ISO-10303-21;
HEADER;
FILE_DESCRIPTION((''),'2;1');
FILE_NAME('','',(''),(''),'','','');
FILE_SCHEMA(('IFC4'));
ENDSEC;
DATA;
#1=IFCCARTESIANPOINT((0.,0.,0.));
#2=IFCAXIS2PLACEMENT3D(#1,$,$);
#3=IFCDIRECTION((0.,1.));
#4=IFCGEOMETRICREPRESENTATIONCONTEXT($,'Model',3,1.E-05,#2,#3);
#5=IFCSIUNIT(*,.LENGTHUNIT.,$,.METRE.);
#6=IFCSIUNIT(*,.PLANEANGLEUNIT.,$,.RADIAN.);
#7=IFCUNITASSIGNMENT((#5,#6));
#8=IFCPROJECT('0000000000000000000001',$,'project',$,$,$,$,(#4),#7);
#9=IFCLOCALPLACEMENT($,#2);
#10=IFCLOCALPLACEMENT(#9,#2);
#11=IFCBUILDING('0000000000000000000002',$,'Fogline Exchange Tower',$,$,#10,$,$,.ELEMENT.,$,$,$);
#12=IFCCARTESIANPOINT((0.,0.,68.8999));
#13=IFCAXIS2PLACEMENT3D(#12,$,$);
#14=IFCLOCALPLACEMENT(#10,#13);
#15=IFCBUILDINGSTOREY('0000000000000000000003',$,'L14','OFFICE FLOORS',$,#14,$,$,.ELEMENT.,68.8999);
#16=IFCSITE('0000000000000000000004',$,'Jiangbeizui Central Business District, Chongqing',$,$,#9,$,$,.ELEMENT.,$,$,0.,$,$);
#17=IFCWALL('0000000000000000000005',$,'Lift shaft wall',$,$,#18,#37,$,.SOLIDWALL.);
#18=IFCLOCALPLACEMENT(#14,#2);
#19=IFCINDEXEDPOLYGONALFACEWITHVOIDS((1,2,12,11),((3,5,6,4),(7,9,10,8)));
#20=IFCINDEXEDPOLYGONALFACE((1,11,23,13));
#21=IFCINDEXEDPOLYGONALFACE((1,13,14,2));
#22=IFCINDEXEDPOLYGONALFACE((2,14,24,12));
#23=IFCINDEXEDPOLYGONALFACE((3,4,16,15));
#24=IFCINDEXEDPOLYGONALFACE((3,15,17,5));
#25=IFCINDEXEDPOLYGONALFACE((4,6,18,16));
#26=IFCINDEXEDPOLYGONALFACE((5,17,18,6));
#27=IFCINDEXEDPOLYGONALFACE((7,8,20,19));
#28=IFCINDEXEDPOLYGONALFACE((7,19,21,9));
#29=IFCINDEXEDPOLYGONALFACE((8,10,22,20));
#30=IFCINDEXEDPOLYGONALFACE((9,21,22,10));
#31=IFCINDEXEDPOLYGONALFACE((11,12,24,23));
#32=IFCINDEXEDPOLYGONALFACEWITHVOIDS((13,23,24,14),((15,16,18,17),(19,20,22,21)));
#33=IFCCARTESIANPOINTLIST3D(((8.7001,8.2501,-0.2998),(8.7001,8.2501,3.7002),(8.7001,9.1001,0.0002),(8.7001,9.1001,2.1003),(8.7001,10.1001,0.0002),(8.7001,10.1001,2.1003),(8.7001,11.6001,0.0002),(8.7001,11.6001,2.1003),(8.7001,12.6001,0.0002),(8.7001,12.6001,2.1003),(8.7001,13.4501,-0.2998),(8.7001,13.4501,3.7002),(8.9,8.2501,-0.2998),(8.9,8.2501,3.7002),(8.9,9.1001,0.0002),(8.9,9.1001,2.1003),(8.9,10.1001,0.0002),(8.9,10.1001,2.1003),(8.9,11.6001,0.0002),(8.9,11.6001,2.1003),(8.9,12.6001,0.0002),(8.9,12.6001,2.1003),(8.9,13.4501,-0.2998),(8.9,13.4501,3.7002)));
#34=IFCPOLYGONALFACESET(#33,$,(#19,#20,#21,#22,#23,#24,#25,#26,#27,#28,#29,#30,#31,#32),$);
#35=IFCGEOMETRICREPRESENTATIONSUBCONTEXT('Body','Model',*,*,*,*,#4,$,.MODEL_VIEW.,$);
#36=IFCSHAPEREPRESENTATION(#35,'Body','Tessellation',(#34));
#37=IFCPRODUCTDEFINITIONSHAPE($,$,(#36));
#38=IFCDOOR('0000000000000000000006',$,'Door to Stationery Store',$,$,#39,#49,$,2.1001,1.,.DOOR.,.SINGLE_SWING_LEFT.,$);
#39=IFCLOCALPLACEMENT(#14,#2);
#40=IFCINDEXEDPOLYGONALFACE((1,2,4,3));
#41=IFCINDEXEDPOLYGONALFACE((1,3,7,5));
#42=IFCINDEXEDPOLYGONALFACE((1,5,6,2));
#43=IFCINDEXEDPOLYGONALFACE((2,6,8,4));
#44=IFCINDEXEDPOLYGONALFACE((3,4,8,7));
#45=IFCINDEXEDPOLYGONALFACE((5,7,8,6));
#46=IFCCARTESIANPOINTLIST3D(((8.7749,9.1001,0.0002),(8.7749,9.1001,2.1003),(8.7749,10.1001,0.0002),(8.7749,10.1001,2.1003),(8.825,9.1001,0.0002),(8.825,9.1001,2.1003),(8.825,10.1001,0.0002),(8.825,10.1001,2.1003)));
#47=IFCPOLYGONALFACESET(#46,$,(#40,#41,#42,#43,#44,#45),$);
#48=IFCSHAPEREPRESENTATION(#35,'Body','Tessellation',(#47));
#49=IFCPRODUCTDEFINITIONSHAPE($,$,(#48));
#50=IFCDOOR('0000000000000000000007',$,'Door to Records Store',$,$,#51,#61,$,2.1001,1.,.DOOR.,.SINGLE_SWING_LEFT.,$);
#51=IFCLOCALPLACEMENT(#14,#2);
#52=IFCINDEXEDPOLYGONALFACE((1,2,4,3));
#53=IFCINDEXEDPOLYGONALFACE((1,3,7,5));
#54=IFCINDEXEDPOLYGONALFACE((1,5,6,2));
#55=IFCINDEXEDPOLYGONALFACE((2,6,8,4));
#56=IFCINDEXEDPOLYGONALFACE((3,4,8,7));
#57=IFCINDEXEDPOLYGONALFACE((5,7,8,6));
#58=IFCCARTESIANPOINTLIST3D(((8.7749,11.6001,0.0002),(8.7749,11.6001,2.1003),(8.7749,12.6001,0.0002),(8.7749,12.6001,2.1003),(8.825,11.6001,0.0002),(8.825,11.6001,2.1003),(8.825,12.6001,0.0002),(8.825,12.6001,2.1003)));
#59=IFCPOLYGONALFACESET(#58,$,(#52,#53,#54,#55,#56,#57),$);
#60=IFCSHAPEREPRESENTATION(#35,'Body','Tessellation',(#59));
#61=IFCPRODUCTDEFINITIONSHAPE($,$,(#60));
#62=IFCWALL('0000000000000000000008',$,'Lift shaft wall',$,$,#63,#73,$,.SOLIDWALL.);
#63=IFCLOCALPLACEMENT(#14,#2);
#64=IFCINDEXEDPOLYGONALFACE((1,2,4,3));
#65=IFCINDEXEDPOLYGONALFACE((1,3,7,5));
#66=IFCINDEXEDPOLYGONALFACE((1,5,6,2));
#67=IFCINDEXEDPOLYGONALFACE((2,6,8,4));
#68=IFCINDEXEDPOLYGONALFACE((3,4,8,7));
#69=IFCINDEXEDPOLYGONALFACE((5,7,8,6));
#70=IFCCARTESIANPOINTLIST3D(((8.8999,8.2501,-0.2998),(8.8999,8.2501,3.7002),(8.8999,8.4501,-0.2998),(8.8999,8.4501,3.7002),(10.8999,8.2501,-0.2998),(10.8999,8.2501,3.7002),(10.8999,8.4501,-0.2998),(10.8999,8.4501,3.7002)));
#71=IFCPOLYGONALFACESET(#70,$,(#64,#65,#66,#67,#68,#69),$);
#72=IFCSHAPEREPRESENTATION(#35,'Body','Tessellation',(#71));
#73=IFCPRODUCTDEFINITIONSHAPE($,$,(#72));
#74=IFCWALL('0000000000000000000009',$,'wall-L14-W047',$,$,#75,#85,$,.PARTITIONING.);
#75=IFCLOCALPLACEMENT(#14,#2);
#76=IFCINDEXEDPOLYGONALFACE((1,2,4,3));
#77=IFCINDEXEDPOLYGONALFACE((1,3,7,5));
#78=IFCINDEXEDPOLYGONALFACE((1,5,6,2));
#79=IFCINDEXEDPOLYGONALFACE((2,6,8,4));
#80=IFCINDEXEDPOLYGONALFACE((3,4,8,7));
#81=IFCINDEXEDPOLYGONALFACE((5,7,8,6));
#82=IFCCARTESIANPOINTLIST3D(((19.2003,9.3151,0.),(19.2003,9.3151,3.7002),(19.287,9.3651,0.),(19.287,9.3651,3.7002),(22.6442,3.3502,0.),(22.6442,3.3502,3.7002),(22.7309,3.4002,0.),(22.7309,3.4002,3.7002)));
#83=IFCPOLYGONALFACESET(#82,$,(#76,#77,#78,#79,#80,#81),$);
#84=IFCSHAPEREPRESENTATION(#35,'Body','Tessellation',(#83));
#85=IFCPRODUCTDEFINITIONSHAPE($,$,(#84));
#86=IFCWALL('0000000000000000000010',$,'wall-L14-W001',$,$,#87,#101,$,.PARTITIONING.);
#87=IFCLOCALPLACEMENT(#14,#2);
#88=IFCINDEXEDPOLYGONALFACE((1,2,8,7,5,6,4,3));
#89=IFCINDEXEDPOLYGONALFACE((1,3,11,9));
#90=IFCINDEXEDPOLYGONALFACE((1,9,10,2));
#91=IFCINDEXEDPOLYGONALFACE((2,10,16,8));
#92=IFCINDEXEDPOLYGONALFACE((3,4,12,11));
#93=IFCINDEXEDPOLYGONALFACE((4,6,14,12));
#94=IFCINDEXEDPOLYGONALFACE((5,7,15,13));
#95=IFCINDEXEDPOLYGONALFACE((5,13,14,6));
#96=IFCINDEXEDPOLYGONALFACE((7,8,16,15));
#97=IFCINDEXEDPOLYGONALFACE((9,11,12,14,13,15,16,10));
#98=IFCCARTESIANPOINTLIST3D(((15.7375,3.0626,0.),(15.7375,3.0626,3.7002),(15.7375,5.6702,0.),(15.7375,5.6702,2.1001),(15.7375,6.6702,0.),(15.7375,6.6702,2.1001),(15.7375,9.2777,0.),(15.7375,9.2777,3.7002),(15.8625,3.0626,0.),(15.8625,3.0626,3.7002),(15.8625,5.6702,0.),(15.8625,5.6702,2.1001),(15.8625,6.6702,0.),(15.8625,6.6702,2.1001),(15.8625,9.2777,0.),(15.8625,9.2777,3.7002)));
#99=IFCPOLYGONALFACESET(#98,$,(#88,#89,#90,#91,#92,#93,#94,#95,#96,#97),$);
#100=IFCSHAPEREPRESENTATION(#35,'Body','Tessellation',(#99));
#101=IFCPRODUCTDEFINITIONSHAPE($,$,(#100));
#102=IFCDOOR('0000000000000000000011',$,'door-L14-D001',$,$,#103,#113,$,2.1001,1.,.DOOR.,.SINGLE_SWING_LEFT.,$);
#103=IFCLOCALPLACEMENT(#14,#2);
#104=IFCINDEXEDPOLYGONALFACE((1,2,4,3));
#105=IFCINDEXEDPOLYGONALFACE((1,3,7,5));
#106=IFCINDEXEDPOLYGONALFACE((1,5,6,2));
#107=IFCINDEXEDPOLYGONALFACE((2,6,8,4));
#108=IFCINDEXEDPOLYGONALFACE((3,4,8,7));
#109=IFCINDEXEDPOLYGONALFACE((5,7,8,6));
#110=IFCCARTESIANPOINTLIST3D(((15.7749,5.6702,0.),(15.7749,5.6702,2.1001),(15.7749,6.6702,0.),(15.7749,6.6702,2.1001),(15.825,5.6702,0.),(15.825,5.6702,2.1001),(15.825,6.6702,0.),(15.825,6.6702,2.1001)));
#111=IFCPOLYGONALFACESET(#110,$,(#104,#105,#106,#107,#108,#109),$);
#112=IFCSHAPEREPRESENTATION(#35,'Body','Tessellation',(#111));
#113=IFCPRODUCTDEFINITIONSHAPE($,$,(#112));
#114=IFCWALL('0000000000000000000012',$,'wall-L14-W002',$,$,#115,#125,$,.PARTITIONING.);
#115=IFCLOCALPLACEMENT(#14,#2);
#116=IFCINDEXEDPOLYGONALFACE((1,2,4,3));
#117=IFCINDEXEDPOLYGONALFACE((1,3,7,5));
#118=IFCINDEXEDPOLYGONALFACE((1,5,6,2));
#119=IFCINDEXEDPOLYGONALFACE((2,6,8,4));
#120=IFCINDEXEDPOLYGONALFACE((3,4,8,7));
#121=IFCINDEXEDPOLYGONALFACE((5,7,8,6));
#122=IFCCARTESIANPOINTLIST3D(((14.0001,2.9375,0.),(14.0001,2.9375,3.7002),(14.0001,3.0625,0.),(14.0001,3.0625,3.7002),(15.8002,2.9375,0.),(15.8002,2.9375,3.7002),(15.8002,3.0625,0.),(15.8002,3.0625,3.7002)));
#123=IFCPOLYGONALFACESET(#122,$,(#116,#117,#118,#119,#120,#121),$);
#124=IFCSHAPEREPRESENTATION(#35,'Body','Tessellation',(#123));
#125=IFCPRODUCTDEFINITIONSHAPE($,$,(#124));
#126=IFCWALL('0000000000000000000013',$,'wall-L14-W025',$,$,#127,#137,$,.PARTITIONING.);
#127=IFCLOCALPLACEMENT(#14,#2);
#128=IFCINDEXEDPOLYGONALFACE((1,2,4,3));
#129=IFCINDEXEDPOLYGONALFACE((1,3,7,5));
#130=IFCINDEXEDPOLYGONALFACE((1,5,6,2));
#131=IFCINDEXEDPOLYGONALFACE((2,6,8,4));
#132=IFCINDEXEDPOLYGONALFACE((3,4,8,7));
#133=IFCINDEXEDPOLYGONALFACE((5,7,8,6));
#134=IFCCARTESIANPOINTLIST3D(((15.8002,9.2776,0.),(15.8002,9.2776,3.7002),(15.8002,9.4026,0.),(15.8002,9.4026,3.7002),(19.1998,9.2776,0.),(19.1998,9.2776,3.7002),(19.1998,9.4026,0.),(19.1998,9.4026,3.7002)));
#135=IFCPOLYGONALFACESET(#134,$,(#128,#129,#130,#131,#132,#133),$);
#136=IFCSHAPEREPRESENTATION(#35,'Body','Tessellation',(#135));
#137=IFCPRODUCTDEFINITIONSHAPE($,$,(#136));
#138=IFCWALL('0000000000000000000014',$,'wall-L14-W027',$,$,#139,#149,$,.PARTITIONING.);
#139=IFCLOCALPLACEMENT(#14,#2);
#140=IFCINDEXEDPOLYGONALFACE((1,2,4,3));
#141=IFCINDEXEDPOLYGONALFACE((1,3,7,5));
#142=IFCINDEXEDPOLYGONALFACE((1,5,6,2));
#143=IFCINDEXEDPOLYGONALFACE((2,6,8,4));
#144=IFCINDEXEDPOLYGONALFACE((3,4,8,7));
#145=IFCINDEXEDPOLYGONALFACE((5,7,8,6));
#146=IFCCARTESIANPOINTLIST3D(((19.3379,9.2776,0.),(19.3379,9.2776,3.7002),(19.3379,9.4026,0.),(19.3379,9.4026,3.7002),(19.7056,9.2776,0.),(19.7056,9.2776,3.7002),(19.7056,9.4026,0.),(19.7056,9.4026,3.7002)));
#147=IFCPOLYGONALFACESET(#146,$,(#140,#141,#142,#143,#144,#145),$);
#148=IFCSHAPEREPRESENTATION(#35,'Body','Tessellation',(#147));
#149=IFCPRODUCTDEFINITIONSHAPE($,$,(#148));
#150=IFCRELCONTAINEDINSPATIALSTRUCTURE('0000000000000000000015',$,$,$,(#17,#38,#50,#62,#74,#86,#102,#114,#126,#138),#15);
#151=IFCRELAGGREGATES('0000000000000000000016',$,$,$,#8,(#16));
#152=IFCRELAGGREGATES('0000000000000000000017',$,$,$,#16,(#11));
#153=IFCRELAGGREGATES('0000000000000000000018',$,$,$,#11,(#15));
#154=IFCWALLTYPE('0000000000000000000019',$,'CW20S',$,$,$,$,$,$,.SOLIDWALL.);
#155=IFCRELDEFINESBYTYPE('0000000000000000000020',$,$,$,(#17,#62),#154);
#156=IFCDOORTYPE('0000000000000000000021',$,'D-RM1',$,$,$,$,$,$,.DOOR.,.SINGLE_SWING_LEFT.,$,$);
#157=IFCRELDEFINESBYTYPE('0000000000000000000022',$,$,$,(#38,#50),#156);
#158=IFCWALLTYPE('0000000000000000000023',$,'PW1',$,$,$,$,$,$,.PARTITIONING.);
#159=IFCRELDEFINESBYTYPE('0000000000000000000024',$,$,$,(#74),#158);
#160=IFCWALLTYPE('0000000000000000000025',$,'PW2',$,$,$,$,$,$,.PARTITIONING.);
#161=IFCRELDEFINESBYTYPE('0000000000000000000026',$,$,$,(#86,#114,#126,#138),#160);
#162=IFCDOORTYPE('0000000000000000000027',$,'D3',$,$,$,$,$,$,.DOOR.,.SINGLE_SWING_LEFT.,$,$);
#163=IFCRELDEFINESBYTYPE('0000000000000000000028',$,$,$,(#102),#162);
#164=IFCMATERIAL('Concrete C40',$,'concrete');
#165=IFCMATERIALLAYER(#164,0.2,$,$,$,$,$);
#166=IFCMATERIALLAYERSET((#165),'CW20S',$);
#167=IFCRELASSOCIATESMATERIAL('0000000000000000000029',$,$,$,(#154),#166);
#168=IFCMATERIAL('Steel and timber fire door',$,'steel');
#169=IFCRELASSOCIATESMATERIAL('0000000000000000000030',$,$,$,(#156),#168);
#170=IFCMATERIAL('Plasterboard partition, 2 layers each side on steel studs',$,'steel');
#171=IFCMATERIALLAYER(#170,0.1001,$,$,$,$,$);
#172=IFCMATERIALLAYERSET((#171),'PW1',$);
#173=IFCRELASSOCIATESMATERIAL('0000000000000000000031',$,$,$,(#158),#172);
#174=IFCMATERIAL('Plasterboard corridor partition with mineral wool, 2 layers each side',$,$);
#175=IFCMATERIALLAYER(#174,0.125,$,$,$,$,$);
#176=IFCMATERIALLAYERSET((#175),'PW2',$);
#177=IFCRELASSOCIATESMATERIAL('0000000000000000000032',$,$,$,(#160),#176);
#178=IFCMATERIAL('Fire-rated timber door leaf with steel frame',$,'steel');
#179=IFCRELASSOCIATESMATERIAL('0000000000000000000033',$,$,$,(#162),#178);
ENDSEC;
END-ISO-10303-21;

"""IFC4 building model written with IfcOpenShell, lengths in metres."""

from ifc_helpers import new_model, si_unit, direction, frame, frame_2d, origin, place, context, subcontext, project, spatial, rectangle, extrude, material, layer, layer_set, type_object, element, fill, save


model = new_model("IFC4")

# Units and contexts
model_context = context("Model", 3, precision=1e-05, world=origin(), true_north=direction((0.0, 1.0)))
body_context = subcontext(model_context, "Body", "Model", "MODEL_VIEW")
ifc_project = project(units=[si_unit("LENGTHUNIT", "METRE"), si_unit("PLANEANGLEUNIT", "RADIAN")], contexts=[model_context])

# Site, building, storey
site_placement = place(None, origin())
site = spatial("IfcSite", under=ifc_project, at=site_placement, Name="Jiangbeizui Central Business District, Chongqing", CompositionType="ELEMENT", RefElevation=0.0)
building_placement = place(site_placement, origin())
building = spatial("IfcBuilding", under=site, at=building_placement, Name="Fogline Exchange Tower", CompositionType="ELEMENT")
storey_placement = place(building_placement, frame((0.0, 0.0, 68.8999)))
storey = spatial("IfcBuildingStorey", under=building, at=storey_placement, Name="L14", Description="OFFICE FLOORS", CompositionType="ELEMENT", Elevation=68.8999)

# Shared definitions
ifc_material_1 = material(Name="Concrete C40", Category="concrete")

# Shared definitions
ifc_material_2 = material(Name="Steel and timber fire door", Category="steel")

# Wall, openings, doors
ifc_layer_1 = layer(ifc_material_1, 0.2)
ifc_layer_set_1 = layer_set([ifc_layer_1], Name="CW20S")
wall_type_1 = type_object("IfcWallType", Name="CW20S", PredefinedType="SOLIDWALL", material=ifc_layer_set_1)
wall_1_placement = place(storey_placement, frame((8.8, 8.25, -0.2998), z_axis=(0.0, 0.0, 1.0), x_axis=(0.0, 1.0, 0.0)))
wall_1 = element("IfcWall", 1, at=wall_1_placement, inside=storey, type_object=wall_type_1, Name="Lift shaft wall", PredefinedType="SOLIDWALL", context=body_context, shape_type="SweptSolid", body=[
    extrude(rectangle(XDim=5.2, YDim=0.2, at=frame_2d((2.6001, 0.0))), origin(), (0.0, 0.0, 1.0), 4.0),
])
opening_1_placement = place(wall_1_placement, frame((0.8501, 0.0, 0.3)))
opening_1 = element("IfcOpeningElement", 2, at=opening_1_placement, cuts=wall_1, PredefinedType="OPENING", context=body_context, shape_type="SweptSolid", body=[
    extrude(rectangle(XDim=1.0, YDim=2.1001, at=frame_2d((0.5, 1.05))), frame((0.0, 0.1099, 0.0), z_axis=(0.0, -1.0, 0.0), x_axis=(1.0, 0.0, 0.0)), (0.0, 0.0, 1.0), 0.22),
])
opening_2_placement = place(wall_1_placement, frame((3.3501, 0.0, 0.3)))
opening_2 = element("IfcOpeningElement", 3, at=opening_2_placement, cuts=wall_1, PredefinedType="OPENING", context=body_context, shape_type="SweptSolid", body=[
    extrude(rectangle(XDim=1.0, YDim=2.1001, at=frame_2d((0.5, 1.05))), frame((0.0, 0.1099, 0.0), z_axis=(0.0, -1.0, 0.0), x_axis=(1.0, 0.0, 0.0)), (0.0, 0.0, 1.0), 0.22),
])
door_type_1 = type_object("IfcDoorType", Name="D-RM1", OperationType="SINGLE_SWING_LEFT", PredefinedType="DOOR", material=ifc_material_2)
door_1_placement = place(opening_1_placement, frame((1.0, 0.0, 0.0), z_axis=(0.0, 0.0, 1.0), x_axis=(-1.0, 0.0, 0.0)))
door_1 = element("IfcDoor", 4, at=door_1_placement, inside=storey, type_object=door_type_1, Name="Door to Stationery Store", OperationType="SINGLE_SWING_LEFT", OverallHeight=2.1001, OverallWidth=1.0, PredefinedType="DOOR", context=body_context, shape_type="SweptSolid", body=[
    extrude(rectangle(XDim=1.0, YDim=2.1001, at=frame_2d((0.5, 1.05))), frame((0.0, 0.0249, 0.0), z_axis=(0.0, -1.0, 0.0), x_axis=(1.0, 0.0, 0.0)), (0.0, 0.0, 1.0), 0.05),
])
fill(opening_1, door_1)
door_2_placement = place(opening_2_placement, frame((1.0, 0.0, 0.0), z_axis=(0.0, 0.0, 1.0), x_axis=(-1.0, 0.0, 0.0)))
door_2 = element("IfcDoor", 5, at=door_2_placement, inside=storey, type_object=door_type_1, Name="Door to Records Store", OperationType="SINGLE_SWING_LEFT", OverallHeight=2.1001, OverallWidth=1.0, PredefinedType="DOOR", context=body_context, shape_type="SweptSolid", body=[
    extrude(rectangle(XDim=1.0, YDim=2.1001, at=frame_2d((0.5, 1.05))), frame((0.0, 0.0249, 0.0), z_axis=(0.0, -1.0, 0.0), x_axis=(1.0, 0.0, 0.0)), (0.0, 0.0, 1.0), 0.05),
])
fill(opening_2, door_2)

# Walls
wall_2_placement = place(storey_placement, frame((8.8999, 8.3501, -0.2998), z_axis=(0.0, 0.0, 1.0), x_axis=(1.0, 0.0, 0.0)))
element("IfcWall", 6, at=wall_2_placement, inside=storey, type_object=wall_type_1, Name="Lift shaft wall", PredefinedType="SOLIDWALL", context=body_context, shape_type="SweptSolid", body=[
    extrude(rectangle(XDim=2.0, YDim=0.2, at=frame_2d((1.0, 0.0))), origin(), (0.0, 0.0, 1.0), 4.0),
])
ifc_material_3 = material(Name="Plasterboard partition, 2 layers each side on steel studs", Category="steel")
ifc_layer_2 = layer(ifc_material_3, 0.1001)
ifc_layer_set_2 = layer_set([ifc_layer_2], Name="PW1")
wall_type_2 = type_object("IfcWallType", Name="PW1", PredefinedType="PARTITIONING", material=ifc_layer_set_2)
wall_3_placement = place(storey_placement, frame((19.2437, 9.3401, 0.0), z_axis=(0.0, 0.0, 1.0), x_axis=(0.500005, -0.866023, 0.0)))
element("IfcWall", 7, at=wall_3_placement, inside=storey, type_object=wall_type_2, Name="wall-L14-W047", PredefinedType="PARTITIONING", context=body_context, shape_type="SweptSolid", body=[
    extrude(rectangle(XDim=6.8877, YDim=0.1001, at=frame_2d((3.4438, 0.0))), origin(), (0.0, 0.0, 1.0), 3.7002),
])

# Wall, opening, door
ifc_material_4 = material(Name="Plasterboard corridor partition with mineral wool, 2 layers each side")
ifc_layer_3 = layer(ifc_material_4, 0.125)
ifc_layer_set_3 = layer_set([ifc_layer_3], Name="PW2")
wall_type_3 = type_object("IfcWallType", Name="PW2", PredefinedType="PARTITIONING", material=ifc_layer_set_3)
wall_4_placement = place(storey_placement, frame((15.8, 9.2776, 0.0), z_axis=(0.0, 0.0, 1.0), x_axis=(0.0, -1.0, 0.0)))
wall_4 = element("IfcWall", 8, at=wall_4_placement, inside=storey, type_object=wall_type_3, Name="wall-L14-W001", PredefinedType="PARTITIONING", context=body_context, shape_type="SweptSolid", body=[
    extrude(rectangle(XDim=6.2151, YDim=0.125, at=frame_2d((3.1074, 0.0))), origin(), (0.0, 0.0, 1.0), 3.7002),
])
opening_3_placement = place(wall_4_placement, frame((2.6074, 0.0, 0.0)))
opening_3 = element("IfcOpeningElement", 9, at=opening_3_placement, cuts=wall_4, PredefinedType="OPENING", context=body_context, shape_type="SweptSolid", body=[
    extrude(rectangle(XDim=1.0, YDim=2.1001, at=frame_2d((0.5, 1.05))), frame((0.0, 0.0725, 0.0), z_axis=(0.0, -1.0, 0.0), x_axis=(1.0, 0.0, 0.0)), (0.0, 0.0, 1.0), 0.145),
])
ifc_material_5 = material(Name="Fire-rated timber door leaf with steel frame", Category="steel")
door_type_2 = type_object("IfcDoorType", Name="D3", OperationType="SINGLE_SWING_LEFT", PredefinedType="DOOR", material=ifc_material_5)
door_3_placement = place(opening_3_placement, origin())
door_3 = element("IfcDoor", 10, at=door_3_placement, inside=storey, type_object=door_type_2, Name="door-L14-D001", OperationType="SINGLE_SWING_LEFT", OverallHeight=2.1001, OverallWidth=1.0, PredefinedType="DOOR", context=body_context, shape_type="SweptSolid", body=[
    extrude(rectangle(XDim=1.0, YDim=2.1001, at=frame_2d((0.5, 1.05))), frame((0.0, 0.0249, 0.0), z_axis=(0.0, -1.0, 0.0), x_axis=(1.0, 0.0, 0.0)), (0.0, 0.0, 1.0), 0.05),
])
fill(opening_3, door_3)

# Walls
wall_5_placement = place(storey_placement, frame((15.8, 3.0, 0.0), z_axis=(0.0, 0.0, 1.0), x_axis=(-1.0, 0.0, 0.0)))
element("IfcWall", 11, at=wall_5_placement, inside=storey, type_object=wall_type_3, Name="wall-L14-W002", PredefinedType="PARTITIONING", context=body_context, shape_type="SweptSolid", body=[
    extrude(rectangle(XDim=1.8, YDim=0.125, at=frame_2d((0.8999, 0.0))), origin(), (0.0, 0.0, 1.0), 3.7002),
])
wall_6_placement = place(storey_placement, frame((19.1997, 9.3401, 0.0), z_axis=(0.0, 0.0, 1.0), x_axis=(-1.0, 0.0, 0.0)))
element("IfcWall", 12, at=wall_6_placement, inside=storey, type_object=wall_type_3, Name="wall-L14-W025", PredefinedType="PARTITIONING", context=body_context, shape_type="SweptSolid", body=[
    extrude(rectangle(XDim=3.3997, YDim=0.125, at=frame_2d((1.6997, 0.0))), origin(), (0.0, 0.0, 1.0), 3.7002),
])
wall_7_placement = place(storey_placement, frame((19.7056, 9.3401, 0.0), z_axis=(0.0, 0.0, 1.0), x_axis=(-1.0, 0.0, 0.0)))
element("IfcWall", 13, at=wall_7_placement, inside=storey, type_object=wall_type_3, Name="wall-L14-W027", PredefinedType="PARTITIONING", context=body_context, shape_type="SweptSolid", body=[
    extrude(rectangle(XDim=0.3677, YDim=0.125, at=frame_2d((0.1838, 0.0))), origin(), (0.0, 0.0, 1.0), 3.7002),
])

save(model, "model.ifc")
